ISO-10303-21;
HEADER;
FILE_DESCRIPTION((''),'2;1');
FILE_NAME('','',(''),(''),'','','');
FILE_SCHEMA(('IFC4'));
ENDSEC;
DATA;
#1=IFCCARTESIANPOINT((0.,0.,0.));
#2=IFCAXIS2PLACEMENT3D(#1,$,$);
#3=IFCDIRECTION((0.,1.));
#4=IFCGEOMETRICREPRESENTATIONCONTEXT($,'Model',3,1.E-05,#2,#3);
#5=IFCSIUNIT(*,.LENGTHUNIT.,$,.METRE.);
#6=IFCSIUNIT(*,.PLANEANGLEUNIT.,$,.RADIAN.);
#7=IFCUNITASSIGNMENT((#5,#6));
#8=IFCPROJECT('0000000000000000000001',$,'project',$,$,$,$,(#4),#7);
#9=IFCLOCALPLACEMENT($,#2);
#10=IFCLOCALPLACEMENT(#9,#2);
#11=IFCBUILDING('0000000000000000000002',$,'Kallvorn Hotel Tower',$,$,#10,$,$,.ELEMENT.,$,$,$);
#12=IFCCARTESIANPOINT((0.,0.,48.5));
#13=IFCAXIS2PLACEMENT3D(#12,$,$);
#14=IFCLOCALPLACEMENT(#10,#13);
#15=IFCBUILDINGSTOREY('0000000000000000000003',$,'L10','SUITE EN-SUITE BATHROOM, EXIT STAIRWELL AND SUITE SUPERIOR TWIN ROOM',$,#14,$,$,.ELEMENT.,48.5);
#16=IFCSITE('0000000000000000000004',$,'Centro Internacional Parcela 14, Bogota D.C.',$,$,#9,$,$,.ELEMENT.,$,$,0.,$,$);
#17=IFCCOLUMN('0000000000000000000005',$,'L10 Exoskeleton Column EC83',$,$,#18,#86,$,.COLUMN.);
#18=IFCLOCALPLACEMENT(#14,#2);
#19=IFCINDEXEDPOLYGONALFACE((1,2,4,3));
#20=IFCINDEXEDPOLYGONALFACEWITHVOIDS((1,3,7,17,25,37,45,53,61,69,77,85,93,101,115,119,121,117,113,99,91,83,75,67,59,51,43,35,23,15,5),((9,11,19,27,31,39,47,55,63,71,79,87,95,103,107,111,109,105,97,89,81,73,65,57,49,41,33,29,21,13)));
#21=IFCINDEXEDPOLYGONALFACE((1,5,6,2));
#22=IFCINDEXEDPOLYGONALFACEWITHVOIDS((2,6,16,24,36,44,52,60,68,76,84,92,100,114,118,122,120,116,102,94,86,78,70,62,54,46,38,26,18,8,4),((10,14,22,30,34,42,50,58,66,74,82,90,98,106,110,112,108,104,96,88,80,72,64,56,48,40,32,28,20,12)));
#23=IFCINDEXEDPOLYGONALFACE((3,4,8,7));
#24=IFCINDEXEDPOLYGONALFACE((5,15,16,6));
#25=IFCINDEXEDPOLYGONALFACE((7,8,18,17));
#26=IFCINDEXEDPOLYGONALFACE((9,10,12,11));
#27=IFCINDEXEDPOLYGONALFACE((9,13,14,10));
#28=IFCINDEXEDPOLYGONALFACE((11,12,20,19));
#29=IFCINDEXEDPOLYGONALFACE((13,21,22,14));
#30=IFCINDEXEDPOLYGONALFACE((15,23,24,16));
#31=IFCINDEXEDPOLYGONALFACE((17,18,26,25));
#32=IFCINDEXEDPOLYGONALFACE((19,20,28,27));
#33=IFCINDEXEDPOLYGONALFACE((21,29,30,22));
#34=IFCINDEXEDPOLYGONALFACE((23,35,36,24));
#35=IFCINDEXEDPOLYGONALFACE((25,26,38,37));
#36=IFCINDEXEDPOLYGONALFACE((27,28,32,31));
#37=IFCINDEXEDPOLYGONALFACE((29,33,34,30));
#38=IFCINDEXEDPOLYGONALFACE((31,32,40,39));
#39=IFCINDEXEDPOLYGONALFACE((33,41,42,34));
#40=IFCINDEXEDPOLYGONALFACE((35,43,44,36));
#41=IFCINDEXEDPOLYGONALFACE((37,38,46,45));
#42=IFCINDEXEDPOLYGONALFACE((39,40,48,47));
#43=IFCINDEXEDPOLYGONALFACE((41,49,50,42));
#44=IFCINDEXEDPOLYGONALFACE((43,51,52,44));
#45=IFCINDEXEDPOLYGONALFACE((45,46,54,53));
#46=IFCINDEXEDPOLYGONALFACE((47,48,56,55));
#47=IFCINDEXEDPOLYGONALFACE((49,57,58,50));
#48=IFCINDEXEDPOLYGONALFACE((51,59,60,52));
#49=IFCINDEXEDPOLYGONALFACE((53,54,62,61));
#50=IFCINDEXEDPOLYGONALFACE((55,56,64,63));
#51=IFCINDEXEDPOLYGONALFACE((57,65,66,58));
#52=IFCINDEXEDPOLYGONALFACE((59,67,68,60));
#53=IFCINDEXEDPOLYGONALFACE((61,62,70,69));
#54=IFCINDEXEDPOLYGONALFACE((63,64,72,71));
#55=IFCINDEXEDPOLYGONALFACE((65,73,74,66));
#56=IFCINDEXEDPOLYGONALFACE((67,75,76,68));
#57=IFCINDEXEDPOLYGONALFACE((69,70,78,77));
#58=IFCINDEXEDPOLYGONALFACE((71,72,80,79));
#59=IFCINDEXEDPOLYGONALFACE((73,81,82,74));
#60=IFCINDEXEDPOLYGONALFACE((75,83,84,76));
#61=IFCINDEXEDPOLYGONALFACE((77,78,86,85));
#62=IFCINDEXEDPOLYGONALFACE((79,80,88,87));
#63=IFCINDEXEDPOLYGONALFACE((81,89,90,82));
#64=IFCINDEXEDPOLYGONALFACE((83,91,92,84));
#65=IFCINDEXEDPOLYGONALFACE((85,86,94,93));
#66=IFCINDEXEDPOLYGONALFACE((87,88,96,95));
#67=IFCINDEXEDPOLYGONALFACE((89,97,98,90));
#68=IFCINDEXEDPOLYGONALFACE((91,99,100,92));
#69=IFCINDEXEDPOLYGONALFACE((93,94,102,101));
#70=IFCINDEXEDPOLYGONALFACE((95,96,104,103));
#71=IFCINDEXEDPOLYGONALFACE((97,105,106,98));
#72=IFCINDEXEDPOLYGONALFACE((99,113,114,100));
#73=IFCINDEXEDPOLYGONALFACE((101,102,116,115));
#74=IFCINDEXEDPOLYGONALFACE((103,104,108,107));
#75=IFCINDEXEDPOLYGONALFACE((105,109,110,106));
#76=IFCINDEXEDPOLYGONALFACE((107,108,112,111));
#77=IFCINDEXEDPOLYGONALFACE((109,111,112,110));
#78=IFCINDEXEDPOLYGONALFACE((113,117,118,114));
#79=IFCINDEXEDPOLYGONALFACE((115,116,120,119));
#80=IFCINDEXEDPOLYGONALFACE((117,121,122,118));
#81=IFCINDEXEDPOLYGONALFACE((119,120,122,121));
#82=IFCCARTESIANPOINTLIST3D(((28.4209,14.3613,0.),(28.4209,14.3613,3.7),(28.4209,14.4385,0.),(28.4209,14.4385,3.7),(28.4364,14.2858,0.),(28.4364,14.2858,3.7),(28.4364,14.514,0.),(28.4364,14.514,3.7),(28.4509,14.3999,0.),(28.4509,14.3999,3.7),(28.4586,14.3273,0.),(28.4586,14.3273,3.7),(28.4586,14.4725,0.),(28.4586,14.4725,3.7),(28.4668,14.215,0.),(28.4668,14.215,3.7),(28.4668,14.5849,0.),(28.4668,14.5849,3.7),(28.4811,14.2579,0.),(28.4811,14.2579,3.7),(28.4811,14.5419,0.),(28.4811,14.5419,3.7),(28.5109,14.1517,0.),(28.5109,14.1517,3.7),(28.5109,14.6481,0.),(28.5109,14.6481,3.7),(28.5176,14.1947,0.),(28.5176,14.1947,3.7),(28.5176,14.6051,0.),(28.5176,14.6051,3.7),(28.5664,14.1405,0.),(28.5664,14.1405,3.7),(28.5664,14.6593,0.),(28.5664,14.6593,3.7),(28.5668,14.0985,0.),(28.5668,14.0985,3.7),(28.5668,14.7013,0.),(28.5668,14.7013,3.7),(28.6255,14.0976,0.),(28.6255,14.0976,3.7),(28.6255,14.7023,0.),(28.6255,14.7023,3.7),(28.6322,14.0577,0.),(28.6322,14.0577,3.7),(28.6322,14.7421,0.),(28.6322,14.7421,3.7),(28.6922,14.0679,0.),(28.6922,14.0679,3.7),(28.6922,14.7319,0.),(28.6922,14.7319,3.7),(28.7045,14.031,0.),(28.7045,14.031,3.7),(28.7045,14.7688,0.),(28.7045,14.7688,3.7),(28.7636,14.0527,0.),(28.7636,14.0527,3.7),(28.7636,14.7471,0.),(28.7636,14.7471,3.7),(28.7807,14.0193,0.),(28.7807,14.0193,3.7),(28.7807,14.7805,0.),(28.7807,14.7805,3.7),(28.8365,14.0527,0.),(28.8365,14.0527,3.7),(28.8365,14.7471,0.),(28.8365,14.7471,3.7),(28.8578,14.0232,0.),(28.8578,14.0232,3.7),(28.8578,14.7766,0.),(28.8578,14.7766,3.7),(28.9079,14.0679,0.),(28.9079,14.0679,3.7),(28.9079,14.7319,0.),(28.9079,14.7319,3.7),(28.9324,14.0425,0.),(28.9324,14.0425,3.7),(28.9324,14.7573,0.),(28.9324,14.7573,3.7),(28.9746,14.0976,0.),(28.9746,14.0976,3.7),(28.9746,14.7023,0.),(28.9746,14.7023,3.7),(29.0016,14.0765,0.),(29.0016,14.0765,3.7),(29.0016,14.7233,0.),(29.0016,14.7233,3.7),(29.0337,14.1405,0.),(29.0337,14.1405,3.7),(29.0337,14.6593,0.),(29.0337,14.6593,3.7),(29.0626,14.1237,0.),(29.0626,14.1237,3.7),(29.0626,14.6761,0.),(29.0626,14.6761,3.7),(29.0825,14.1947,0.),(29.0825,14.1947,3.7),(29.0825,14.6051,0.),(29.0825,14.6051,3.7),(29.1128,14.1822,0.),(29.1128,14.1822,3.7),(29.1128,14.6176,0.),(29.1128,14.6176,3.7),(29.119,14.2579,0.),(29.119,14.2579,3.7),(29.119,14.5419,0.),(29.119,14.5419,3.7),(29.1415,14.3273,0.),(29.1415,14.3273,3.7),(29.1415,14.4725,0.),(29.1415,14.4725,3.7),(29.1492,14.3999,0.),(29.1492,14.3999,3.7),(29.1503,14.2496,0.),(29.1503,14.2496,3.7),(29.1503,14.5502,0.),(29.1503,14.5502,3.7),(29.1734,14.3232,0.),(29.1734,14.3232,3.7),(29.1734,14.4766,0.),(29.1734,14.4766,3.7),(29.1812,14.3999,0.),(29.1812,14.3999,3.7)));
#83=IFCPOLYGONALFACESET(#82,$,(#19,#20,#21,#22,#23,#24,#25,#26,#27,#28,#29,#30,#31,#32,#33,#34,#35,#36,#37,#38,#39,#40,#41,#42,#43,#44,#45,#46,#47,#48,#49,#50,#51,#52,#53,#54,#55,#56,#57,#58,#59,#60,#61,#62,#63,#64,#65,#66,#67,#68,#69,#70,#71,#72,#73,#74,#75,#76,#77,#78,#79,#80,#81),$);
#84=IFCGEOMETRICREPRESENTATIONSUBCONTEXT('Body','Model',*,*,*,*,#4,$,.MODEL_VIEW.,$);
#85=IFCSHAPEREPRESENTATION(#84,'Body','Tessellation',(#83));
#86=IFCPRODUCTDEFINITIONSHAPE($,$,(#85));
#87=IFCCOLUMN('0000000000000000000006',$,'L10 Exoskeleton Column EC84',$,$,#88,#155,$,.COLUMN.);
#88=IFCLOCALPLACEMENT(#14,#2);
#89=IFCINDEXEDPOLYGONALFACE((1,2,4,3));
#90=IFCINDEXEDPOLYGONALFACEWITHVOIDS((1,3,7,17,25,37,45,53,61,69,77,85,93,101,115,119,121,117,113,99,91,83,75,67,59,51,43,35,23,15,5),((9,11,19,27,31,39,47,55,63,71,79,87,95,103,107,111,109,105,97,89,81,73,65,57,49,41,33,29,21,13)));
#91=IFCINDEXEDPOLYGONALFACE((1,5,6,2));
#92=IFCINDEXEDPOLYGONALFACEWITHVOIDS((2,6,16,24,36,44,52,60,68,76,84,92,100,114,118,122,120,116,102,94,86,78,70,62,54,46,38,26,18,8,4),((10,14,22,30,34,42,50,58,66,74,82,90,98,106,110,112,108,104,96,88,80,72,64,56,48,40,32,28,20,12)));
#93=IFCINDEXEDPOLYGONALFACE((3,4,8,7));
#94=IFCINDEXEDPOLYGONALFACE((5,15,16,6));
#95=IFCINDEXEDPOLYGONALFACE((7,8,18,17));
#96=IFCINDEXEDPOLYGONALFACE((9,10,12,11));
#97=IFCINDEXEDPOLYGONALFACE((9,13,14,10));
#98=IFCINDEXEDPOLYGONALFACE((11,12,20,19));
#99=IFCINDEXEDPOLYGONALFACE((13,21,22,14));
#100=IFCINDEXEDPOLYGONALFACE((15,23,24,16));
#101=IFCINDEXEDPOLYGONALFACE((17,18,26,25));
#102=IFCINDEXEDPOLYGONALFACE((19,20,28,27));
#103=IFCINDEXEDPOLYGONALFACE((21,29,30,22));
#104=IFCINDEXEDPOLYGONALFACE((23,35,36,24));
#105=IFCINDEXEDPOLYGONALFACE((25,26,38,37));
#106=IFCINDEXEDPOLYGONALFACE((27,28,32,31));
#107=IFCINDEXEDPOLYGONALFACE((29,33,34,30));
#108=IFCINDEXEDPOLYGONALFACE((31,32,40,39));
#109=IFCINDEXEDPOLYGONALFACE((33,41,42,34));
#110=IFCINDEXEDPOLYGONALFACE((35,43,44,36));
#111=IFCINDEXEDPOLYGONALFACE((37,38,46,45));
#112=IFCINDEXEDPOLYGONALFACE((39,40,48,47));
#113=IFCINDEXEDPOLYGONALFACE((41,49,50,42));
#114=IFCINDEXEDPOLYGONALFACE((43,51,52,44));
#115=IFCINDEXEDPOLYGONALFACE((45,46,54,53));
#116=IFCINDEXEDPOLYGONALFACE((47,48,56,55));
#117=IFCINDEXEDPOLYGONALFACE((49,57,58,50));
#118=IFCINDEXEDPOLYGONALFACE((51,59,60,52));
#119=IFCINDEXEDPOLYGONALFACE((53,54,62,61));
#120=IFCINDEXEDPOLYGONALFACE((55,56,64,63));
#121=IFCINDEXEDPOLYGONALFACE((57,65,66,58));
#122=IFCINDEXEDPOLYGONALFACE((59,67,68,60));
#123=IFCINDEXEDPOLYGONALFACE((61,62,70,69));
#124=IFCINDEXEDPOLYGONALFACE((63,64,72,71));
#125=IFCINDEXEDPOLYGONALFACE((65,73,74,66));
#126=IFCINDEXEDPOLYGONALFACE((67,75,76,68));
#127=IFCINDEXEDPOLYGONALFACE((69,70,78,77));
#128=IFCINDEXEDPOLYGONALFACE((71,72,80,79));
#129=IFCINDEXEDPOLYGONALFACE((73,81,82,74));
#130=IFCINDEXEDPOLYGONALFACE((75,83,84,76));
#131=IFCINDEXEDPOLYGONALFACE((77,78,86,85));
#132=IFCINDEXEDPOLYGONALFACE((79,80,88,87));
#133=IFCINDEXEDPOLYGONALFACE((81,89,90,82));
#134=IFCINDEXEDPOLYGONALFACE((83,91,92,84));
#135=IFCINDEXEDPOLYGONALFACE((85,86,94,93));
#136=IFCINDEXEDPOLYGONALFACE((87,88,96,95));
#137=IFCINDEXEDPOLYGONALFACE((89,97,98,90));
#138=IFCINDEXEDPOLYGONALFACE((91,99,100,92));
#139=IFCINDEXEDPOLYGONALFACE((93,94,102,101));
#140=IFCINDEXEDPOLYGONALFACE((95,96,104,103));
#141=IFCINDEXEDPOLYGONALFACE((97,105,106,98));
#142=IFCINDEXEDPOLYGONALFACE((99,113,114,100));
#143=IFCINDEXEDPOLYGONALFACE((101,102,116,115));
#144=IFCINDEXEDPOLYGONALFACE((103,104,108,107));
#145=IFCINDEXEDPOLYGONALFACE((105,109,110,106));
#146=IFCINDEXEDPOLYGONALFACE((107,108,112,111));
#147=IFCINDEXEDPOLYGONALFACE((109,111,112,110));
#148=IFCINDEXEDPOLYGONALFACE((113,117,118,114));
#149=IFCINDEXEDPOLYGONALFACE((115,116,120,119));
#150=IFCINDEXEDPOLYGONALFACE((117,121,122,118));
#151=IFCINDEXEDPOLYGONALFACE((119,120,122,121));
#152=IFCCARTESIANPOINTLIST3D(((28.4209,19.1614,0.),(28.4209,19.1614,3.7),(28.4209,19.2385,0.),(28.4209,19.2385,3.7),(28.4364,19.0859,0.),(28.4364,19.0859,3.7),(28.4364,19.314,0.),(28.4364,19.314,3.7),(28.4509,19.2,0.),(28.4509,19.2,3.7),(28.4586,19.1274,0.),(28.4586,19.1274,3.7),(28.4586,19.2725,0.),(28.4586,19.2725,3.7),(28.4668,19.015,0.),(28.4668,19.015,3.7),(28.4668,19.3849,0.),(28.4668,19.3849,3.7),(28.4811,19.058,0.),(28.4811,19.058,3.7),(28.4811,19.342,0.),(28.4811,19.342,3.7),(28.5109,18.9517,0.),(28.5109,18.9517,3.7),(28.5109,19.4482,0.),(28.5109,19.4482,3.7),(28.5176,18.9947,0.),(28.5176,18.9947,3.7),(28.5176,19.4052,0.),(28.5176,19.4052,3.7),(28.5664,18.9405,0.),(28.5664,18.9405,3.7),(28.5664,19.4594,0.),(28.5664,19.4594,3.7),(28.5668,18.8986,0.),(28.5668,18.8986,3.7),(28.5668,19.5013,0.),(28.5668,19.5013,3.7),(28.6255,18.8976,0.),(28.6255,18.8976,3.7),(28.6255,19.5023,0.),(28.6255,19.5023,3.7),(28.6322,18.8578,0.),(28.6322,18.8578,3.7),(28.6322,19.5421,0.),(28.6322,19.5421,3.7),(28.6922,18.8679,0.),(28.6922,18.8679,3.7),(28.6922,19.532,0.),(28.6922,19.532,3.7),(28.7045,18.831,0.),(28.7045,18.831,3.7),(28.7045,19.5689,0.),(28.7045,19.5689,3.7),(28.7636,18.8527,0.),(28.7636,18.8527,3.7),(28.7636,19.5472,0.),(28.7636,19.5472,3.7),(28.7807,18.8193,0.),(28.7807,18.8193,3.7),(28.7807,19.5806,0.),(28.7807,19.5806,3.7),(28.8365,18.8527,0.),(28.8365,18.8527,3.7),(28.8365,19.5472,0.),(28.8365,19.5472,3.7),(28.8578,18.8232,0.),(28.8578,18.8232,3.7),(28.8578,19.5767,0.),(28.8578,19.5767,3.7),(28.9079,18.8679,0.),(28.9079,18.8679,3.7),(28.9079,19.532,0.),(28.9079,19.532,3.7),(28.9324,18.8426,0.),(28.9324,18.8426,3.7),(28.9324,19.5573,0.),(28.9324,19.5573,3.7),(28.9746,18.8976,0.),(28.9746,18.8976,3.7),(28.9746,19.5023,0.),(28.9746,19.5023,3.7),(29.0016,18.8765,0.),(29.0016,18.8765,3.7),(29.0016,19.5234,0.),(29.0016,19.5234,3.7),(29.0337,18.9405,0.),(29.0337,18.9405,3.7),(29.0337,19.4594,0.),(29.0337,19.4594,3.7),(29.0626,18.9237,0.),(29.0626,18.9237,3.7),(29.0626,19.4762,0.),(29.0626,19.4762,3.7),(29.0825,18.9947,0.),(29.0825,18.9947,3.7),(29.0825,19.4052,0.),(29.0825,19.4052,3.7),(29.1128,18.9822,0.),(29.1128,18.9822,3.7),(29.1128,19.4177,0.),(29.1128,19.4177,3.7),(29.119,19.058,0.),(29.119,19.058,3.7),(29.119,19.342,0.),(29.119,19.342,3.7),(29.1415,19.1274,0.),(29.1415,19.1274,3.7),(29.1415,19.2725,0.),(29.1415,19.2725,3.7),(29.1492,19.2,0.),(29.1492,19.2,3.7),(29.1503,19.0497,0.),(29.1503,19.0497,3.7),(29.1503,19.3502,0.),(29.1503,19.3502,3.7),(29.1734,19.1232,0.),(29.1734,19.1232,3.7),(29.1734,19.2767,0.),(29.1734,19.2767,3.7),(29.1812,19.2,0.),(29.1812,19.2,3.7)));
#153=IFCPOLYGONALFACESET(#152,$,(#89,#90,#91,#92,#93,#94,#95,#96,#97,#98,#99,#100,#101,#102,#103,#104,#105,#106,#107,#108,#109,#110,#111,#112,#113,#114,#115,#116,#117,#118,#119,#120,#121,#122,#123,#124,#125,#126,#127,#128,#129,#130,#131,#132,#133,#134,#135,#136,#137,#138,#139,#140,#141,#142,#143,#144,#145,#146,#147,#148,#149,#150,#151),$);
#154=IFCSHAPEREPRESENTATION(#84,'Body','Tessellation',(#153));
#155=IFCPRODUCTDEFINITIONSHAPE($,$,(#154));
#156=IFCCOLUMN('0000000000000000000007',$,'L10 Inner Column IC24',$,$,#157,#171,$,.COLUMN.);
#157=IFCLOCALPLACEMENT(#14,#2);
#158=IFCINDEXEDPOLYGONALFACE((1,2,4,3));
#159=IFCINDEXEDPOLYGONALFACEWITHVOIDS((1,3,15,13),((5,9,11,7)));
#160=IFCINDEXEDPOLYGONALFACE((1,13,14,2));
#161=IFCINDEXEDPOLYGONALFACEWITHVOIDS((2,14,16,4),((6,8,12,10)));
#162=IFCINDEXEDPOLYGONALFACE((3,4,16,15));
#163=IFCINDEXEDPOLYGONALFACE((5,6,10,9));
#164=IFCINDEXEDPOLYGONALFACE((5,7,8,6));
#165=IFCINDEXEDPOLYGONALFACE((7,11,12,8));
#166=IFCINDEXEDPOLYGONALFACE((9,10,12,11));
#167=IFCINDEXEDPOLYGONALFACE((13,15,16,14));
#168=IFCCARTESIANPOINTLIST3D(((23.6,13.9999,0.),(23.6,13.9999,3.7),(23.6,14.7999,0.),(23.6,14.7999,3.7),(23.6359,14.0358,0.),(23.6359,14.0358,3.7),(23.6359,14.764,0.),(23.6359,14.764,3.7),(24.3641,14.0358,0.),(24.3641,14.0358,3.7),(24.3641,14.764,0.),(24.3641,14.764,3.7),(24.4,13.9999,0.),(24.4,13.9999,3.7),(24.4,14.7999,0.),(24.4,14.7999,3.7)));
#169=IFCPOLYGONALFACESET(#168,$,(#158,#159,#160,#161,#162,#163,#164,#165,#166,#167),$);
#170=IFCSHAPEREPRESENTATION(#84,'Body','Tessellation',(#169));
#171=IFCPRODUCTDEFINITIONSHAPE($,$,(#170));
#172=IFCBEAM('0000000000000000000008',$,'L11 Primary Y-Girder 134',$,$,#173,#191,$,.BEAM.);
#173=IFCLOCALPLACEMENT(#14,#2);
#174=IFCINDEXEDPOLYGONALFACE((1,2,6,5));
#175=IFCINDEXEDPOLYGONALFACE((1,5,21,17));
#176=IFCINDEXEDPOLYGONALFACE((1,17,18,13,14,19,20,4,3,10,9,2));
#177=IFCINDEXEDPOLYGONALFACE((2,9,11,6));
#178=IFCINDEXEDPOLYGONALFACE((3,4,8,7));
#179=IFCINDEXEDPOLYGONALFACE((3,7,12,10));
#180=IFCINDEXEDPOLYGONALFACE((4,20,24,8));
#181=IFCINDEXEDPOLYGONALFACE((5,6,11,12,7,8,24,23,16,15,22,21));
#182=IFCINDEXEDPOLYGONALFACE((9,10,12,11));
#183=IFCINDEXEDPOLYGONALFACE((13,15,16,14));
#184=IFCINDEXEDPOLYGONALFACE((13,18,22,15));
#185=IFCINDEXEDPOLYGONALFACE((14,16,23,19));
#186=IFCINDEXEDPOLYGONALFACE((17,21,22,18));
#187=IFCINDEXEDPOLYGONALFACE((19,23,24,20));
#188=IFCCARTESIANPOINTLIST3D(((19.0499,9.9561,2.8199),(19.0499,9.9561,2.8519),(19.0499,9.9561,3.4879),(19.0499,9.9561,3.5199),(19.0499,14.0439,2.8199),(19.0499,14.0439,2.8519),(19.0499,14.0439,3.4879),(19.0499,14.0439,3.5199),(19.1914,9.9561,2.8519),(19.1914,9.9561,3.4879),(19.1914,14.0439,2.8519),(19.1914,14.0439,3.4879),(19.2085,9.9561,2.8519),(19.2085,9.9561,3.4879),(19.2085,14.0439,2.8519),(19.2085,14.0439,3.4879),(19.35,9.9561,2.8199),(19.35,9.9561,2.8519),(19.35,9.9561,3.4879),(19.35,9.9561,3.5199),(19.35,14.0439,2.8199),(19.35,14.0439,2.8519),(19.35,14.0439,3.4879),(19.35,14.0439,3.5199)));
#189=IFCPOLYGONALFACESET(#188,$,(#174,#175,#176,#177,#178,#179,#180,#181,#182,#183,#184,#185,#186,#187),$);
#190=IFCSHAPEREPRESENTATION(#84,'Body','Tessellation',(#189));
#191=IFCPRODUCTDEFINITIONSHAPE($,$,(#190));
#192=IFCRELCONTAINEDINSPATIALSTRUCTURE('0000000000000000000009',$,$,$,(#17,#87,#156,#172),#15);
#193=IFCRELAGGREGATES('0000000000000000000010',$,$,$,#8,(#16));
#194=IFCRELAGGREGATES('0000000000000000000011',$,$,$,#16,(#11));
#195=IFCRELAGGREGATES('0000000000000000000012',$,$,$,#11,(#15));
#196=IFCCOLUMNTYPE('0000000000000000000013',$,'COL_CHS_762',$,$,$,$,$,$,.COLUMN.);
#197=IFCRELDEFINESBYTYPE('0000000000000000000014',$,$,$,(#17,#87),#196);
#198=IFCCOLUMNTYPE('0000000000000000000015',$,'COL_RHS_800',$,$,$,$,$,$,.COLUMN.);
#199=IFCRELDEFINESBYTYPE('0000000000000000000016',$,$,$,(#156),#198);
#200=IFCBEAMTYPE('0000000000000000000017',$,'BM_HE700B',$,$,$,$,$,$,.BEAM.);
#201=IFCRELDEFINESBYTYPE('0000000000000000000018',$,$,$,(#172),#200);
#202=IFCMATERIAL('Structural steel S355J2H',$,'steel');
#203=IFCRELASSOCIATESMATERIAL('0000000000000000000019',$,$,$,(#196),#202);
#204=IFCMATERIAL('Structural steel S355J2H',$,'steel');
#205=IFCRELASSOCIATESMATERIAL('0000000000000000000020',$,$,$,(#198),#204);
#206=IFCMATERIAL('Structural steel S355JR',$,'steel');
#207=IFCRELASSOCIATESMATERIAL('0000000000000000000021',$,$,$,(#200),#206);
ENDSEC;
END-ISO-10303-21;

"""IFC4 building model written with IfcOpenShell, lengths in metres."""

from ifc_helpers import new_model, si_unit, direction, frame, origin, origin_2d, place, context, subcontext, project, spatial, hollow_rectangle, hollow_circle, i_section, extrude, material, material_profile, profile_set, type_object, element, save


model = new_model("IFC4")

# Units and contexts
model_context = context("Model", 3, precision=1e-05, world=origin(), true_north=direction((0.0, 1.0)))
body_context = subcontext(model_context, "Body", "Model", "MODEL_VIEW")
ifc_project = project(units=[si_unit("LENGTHUNIT", "METRE"), si_unit("PLANEANGLEUNIT", "RADIAN")], contexts=[model_context])

# Site, building, storey
site_placement = place(None, origin())
site = spatial("IfcSite", under=ifc_project, at=site_placement, Name="Centro Internacional Parcela 14, Bogota D.C.", CompositionType="ELEMENT", RefElevation=0.0)
building_placement = place(site_placement, origin())
building = spatial("IfcBuilding", under=site, at=building_placement, Name="Kallvorn Hotel Tower", CompositionType="ELEMENT")
storey_placement = place(building_placement, frame((0.0, 0.0, 48.5)))
storey = spatial("IfcBuildingStorey", under=building, at=storey_placement, Name="L10", Description="SUITE EN-SUITE BATHROOM, EXIT STAIRWELL AND SUITE SUPERIOR TWIN ROOM", CompositionType="ELEMENT", Elevation=48.5)

# Columns
ifc_material_1 = material(Name="Structural steel S355J2H", Category="steel")
ifc_material_profile_1 = material_profile(ifc_material_1, hollow_circle(Radius=0.3811, WallThickness=0.032, at=origin_2d()), Name="CHS 762x32")
ifc_profile_set_1 = profile_set([ifc_material_profile_1], Name="Structural steel S355J2H")
column_type_1 = type_object("IfcColumnType", Name="COL_CHS_762", PredefinedType="COLUMN", material=ifc_profile_set_1)
for number, where, z_axis, x_axis, name in (
    (1, (28.8, 14.3999, 0.0), (0.0, 0.0, 1.0), (1.0, 0.0, 0.0), "L10 Exoskeleton Column EC83"),
    (2, (28.8, 19.2, 0.0), (0.0, 0.0, 1.0), (1.0, 0.0, 0.0), "L10 Exoskeleton Column EC84"),
):
    element("IfcColumn", number, at=place(storey_placement, frame(where, z_axis=z_axis, x_axis=x_axis)), inside=storey, type_object=column_type_1, Name=name, PredefinedType="COLUMN", context=body_context, shape_type="SweptSolid", body=[
        extrude(hollow_circle(Radius=0.3811, WallThickness=0.032, at=origin_2d()), origin(), (0.0, 0.0, 1.0), 3.7),
    ])
ifc_material_2 = material(Name="Structural steel S355J2H", Category="steel")
ifc_material_profile_2 = material_profile(ifc_material_2, hollow_rectangle(XDim=0.8, YDim=0.8, WallThickness=0.0359, at=origin_2d()), Name="RHS 800x800x36")
ifc_profile_set_2 = profile_set([ifc_material_profile_2], Name="Structural steel S355J2H")
column_type_2 = type_object("IfcColumnType", Name="COL_RHS_800", PredefinedType="COLUMN", material=ifc_profile_set_2)
column_placement = place(storey_placement, frame((24.0, 14.3999, 0.0), z_axis=(0.0, 0.0, 1.0), x_axis=(1.0, 0.0, 0.0)))
element("IfcColumn", 3, at=column_placement, inside=storey, type_object=column_type_2, Name="L10 Inner Column IC24", PredefinedType="COLUMN", context=body_context, shape_type="SweptSolid", body=[
    extrude(hollow_rectangle(XDim=0.8, YDim=0.8, WallThickness=0.0359, at=origin_2d()), origin(), (0.0, 0.0, 1.0), 3.7),
])

# Beam
ifc_material_3 = material(Name="Structural steel S355JR", Category="steel")
ifc_material_profile_3 = material_profile(ifc_material_3, i_section(OverallWidth=0.3, OverallDepth=0.7, WebThickness=0.0171, FlangeThickness=0.032, at=origin_2d()), Name="HE 700 B")
ifc_profile_set_3 = profile_set([ifc_material_profile_3], Name="Structural steel S355JR")
beam_type_1 = type_object("IfcBeamType", Name="BM_HE700B", PredefinedType="BEAM", material=ifc_profile_set_3)
for number, where, z_axis, x_axis, name in (
    (4, (19.2, 9.9561, 3.1699), (0.0, 1.0, 0.0), (-1.0, 0.0, 0.0), "L11 Primary Y-Girder 134"),
):
    element("IfcBeam", number, at=place(storey_placement, frame(where, z_axis=z_axis, x_axis=x_axis)), inside=storey, type_object=beam_type_1, Name=name, PredefinedType="BEAM", context=body_context, shape_type="SweptSolid", body=[
        extrude(i_section(OverallWidth=0.3, OverallDepth=0.7, WebThickness=0.0171, FlangeThickness=0.032, at=origin_2d()), origin(), (0.0, 0.0, 1.0), 4.0879),
    ])

save(model, "model.ifc")
